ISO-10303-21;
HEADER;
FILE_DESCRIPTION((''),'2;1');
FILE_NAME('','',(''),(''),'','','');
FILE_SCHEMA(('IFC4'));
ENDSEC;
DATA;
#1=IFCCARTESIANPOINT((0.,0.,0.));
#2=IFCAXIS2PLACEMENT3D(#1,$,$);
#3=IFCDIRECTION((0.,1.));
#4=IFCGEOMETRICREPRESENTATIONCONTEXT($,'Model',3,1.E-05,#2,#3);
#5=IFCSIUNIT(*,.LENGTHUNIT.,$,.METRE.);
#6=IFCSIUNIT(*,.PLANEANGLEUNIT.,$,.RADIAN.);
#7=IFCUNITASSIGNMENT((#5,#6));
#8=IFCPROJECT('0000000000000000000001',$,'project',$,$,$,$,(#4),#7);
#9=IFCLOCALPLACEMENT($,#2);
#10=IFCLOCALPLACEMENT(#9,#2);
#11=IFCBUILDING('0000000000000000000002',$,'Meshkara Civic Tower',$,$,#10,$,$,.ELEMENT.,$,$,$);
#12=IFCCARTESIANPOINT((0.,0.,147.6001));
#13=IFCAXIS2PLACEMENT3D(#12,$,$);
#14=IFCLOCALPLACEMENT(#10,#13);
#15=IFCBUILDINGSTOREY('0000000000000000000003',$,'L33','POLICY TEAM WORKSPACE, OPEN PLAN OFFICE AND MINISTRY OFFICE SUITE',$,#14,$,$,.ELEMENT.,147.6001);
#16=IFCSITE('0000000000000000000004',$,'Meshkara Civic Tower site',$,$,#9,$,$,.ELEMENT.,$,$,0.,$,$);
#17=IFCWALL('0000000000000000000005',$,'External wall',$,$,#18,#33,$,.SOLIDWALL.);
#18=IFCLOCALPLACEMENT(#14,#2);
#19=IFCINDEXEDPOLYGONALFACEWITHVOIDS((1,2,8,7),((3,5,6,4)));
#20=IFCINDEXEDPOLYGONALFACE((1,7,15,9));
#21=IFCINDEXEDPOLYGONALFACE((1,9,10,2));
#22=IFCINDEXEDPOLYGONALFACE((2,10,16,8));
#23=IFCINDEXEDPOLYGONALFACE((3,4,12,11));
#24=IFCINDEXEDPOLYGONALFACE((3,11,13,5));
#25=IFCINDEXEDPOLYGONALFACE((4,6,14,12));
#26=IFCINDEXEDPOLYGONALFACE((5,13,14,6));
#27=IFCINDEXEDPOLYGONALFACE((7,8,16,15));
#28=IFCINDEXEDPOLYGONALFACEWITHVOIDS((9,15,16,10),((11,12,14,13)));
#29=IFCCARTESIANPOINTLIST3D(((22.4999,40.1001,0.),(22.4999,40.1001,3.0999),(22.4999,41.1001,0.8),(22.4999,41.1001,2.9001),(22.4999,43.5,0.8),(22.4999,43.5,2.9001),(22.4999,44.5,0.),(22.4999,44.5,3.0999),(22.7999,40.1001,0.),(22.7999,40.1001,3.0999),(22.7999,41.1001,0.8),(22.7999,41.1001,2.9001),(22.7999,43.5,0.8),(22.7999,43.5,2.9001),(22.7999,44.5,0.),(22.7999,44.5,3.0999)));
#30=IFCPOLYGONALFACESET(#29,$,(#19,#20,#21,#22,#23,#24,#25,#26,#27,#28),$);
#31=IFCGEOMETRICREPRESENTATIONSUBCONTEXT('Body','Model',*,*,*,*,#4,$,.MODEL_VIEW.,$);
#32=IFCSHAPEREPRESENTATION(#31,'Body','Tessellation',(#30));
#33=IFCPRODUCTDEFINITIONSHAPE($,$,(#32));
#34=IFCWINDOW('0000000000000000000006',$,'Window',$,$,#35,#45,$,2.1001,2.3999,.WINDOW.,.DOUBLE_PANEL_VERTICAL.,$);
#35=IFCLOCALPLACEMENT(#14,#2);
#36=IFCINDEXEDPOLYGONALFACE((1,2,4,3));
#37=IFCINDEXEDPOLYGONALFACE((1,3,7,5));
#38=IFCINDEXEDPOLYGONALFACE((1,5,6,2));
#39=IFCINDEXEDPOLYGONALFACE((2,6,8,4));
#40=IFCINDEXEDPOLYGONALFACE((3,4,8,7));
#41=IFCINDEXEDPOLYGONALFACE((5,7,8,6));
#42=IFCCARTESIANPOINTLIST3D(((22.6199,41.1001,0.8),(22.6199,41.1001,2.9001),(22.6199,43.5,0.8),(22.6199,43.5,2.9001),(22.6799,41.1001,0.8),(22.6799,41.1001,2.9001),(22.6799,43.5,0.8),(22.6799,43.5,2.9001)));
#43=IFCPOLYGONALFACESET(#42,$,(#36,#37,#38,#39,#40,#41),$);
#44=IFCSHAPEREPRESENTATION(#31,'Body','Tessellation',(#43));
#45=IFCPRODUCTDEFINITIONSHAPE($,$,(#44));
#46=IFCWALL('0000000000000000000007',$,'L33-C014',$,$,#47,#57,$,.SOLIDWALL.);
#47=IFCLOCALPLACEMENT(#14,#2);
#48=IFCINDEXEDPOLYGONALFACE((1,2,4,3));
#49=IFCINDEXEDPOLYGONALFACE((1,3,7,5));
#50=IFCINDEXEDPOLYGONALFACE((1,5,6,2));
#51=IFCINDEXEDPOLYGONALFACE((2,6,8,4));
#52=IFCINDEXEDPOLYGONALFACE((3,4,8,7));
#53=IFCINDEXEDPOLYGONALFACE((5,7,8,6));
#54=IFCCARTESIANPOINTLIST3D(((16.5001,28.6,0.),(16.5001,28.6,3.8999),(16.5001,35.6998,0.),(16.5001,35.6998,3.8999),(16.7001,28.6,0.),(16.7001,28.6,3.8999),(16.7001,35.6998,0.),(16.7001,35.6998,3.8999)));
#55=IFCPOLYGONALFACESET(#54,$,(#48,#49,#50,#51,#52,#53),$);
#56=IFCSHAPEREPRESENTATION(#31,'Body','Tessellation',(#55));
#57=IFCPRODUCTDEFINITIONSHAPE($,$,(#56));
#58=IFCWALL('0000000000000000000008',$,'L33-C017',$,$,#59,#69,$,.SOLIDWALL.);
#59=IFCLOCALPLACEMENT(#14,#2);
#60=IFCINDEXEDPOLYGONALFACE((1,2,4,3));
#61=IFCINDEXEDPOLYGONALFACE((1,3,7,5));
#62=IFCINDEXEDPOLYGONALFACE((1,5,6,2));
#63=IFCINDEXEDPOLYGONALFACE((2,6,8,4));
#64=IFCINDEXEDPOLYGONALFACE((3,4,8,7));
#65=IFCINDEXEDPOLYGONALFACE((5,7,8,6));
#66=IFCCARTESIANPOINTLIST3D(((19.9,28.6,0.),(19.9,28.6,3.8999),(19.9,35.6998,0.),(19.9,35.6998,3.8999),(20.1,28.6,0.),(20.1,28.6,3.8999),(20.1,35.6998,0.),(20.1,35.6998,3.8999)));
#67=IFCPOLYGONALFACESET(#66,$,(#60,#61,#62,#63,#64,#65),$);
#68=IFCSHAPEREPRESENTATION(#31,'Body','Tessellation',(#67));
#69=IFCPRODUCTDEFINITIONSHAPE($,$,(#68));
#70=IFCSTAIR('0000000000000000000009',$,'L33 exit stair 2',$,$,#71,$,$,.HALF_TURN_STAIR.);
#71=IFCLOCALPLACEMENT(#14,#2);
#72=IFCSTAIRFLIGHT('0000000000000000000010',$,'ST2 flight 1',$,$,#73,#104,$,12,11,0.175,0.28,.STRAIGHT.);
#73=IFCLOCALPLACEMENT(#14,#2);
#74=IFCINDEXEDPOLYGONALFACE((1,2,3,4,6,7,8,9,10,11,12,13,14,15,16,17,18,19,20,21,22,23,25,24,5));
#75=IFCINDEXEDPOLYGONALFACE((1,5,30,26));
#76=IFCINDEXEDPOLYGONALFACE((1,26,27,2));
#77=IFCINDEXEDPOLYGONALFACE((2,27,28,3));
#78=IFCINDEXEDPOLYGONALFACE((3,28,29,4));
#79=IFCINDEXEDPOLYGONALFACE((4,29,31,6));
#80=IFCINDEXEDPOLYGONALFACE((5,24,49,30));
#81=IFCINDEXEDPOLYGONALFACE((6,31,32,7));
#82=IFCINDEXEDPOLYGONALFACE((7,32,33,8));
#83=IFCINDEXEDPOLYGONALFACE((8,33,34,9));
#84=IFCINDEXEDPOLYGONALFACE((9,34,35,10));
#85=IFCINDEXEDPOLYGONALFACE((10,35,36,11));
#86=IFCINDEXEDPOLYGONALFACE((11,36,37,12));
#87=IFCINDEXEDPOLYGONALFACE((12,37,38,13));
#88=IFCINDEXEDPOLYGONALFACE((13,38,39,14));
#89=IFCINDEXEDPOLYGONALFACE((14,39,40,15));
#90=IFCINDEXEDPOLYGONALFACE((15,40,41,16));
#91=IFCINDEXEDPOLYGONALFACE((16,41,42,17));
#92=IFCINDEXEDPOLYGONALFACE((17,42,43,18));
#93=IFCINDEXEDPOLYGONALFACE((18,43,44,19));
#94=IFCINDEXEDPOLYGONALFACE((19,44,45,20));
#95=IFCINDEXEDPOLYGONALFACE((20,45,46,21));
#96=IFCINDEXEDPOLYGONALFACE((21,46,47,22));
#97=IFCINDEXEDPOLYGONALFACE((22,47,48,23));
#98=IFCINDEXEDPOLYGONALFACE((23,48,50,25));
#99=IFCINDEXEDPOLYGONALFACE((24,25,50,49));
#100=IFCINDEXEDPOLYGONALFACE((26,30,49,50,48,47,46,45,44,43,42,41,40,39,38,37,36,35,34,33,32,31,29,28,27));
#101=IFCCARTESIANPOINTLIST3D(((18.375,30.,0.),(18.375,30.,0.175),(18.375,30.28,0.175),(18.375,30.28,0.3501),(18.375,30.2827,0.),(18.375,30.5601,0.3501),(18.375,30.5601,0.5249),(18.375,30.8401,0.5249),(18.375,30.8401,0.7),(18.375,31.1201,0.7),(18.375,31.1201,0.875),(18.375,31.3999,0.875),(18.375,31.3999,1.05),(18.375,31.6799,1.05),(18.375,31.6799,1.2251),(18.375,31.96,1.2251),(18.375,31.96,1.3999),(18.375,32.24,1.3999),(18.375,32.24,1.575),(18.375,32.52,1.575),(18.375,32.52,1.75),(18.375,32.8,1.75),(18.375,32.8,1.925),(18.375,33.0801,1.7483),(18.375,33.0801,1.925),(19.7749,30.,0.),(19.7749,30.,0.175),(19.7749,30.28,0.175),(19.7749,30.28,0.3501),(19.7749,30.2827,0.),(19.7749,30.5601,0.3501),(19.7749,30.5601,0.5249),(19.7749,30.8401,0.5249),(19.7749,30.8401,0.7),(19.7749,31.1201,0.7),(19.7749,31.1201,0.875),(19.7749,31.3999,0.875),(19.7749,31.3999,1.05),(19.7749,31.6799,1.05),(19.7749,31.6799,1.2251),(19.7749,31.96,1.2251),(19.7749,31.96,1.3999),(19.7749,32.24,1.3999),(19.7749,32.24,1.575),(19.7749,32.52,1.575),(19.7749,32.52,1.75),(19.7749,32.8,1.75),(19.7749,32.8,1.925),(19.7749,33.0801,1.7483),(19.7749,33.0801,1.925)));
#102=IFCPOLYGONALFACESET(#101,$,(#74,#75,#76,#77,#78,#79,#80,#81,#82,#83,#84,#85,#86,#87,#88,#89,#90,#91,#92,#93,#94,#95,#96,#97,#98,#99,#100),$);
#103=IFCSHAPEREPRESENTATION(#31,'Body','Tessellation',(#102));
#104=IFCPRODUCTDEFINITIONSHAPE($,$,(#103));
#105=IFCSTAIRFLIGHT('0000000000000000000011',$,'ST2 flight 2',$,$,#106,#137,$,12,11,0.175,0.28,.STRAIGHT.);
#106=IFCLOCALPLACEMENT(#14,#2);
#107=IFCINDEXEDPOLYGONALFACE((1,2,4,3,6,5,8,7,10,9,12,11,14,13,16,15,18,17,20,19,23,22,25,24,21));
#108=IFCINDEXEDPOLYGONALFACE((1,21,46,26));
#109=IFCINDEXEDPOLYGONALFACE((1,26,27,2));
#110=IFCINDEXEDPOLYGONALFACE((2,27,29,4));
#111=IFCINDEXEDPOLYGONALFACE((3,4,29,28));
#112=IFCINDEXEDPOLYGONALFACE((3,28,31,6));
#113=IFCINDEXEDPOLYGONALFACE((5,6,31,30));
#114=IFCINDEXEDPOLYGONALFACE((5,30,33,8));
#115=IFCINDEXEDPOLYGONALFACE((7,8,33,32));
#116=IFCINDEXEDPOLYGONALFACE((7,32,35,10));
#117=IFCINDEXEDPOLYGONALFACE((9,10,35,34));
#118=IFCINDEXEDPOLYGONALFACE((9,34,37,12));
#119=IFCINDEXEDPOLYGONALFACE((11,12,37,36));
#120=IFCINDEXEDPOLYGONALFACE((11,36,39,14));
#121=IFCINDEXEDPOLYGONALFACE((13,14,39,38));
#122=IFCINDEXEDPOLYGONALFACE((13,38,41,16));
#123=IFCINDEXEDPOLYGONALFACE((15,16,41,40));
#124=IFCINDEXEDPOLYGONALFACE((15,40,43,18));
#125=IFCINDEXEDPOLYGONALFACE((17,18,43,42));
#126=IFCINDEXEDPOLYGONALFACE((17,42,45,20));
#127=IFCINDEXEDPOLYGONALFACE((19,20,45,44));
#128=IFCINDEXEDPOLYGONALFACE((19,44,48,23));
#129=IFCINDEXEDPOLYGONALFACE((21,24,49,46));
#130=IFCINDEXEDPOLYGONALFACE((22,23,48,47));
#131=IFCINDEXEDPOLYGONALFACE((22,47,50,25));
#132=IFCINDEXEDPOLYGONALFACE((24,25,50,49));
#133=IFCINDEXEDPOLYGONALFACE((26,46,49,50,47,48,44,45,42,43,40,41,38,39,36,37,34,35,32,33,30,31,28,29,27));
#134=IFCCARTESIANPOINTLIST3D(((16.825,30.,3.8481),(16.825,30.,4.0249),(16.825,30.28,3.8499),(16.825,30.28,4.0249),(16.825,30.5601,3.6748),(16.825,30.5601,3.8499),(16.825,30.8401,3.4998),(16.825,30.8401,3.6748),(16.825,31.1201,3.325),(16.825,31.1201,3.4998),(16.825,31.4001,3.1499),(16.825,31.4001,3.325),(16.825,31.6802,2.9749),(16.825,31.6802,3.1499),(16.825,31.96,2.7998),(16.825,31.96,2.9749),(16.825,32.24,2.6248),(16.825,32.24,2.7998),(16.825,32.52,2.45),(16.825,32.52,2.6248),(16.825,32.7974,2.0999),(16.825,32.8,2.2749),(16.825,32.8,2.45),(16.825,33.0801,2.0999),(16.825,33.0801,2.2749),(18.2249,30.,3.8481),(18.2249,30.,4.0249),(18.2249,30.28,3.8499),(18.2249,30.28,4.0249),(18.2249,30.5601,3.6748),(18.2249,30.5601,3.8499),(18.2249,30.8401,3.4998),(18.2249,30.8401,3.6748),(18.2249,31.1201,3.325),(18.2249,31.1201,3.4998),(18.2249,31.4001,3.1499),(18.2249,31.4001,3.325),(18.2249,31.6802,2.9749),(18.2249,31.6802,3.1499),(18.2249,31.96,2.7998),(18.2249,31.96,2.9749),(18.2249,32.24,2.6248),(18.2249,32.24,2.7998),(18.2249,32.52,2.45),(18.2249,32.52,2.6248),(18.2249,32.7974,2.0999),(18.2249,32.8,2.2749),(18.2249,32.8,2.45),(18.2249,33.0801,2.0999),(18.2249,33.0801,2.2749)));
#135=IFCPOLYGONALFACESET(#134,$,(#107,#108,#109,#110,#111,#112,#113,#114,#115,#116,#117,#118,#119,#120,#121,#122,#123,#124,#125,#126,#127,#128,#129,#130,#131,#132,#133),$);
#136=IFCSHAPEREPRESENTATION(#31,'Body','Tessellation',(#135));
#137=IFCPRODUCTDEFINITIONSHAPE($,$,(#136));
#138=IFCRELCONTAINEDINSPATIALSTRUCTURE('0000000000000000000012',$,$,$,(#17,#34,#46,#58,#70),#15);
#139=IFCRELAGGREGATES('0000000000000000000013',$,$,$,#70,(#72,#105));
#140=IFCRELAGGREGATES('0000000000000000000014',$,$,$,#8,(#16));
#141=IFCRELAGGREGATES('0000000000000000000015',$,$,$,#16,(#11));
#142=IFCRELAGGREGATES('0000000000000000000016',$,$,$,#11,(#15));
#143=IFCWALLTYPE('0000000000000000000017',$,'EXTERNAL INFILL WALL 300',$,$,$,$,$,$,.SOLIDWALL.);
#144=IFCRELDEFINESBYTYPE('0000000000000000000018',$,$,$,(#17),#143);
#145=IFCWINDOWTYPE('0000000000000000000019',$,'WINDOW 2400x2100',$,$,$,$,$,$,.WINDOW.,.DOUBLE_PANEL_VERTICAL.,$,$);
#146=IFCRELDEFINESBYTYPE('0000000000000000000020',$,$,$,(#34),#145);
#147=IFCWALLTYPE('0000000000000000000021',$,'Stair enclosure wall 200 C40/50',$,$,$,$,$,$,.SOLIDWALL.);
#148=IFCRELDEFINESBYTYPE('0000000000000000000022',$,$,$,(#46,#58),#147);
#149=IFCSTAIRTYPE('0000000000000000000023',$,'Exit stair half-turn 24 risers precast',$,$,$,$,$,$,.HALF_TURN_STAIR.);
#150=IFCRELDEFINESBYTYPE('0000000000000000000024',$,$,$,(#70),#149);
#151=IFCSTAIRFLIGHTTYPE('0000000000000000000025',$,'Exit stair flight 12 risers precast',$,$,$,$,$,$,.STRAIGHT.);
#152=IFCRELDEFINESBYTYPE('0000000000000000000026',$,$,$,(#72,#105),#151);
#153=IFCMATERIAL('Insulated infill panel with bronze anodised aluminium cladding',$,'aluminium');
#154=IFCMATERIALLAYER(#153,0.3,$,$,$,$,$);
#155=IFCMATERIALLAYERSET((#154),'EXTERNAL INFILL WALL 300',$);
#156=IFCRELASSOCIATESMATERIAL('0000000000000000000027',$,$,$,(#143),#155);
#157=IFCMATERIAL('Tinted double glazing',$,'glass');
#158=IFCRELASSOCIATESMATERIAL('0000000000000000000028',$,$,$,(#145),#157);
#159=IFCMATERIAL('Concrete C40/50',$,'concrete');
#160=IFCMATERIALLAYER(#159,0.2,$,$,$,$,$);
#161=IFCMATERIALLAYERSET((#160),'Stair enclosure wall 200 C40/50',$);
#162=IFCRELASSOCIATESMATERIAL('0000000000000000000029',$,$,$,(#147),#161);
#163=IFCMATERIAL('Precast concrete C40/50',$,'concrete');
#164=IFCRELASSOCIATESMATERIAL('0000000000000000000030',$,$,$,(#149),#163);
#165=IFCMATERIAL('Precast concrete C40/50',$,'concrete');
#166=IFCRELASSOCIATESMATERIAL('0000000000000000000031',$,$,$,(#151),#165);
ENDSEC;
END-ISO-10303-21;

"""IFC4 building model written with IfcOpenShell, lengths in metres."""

from ifc_helpers import new_model, si_unit, direction, frame, frame_2d, origin, place, context, subcontext, project, spatial, polyline, rectangle, outline, extrude, material, layer, layer_set, type_object, element, fill, aggregate, save


model = new_model("IFC4")

# Units and contexts
model_context = context("Model", 3, precision=1e-05, world=origin(), true_north=direction((0.0, 1.0)))
body_context = subcontext(model_context, "Body", "Model", "MODEL_VIEW")
ifc_project = project(units=[si_unit("LENGTHUNIT", "METRE"), si_unit("PLANEANGLEUNIT", "RADIAN")], contexts=[model_context])

# Site, building, storey
site_placement = place(None, origin())
site = spatial("IfcSite", under=ifc_project, at=site_placement, Name="Meshkara Civic Tower site", CompositionType="ELEMENT", RefElevation=0.0)
building_placement = place(site_placement, origin())
building = spatial("IfcBuilding", under=site, at=building_placement, Name="Meshkara Civic Tower", CompositionType="ELEMENT")
storey_placement = place(building_placement, frame((0.0, 0.0, 147.6001)))
storey = spatial("IfcBuildingStorey", under=building, at=storey_placement, Name="L33", Description="POLICY TEAM WORKSPACE, OPEN PLAN OFFICE AND MINISTRY OFFICE SUITE", CompositionType="ELEMENT", Elevation=147.6001)

# Wall, opening, window
ifc_material_1 = material(Name="Insulated infill panel with bronze anodised aluminium cladding", Category="aluminium")
ifc_layer_1 = layer(ifc_material_1, 0.3)
ifc_layer_set_1 = layer_set([ifc_layer_1], Name="EXTERNAL INFILL WALL 300")
wall_type_1 = type_object("IfcWallType", Name="EXTERNAL INFILL WALL 300", PredefinedType="SOLIDWALL", material=ifc_layer_set_1)
wall_1_placement = place(storey_placement, frame((22.6499, 40.1001, 0.0), z_axis=(0.0, 0.0, 1.0), x_axis=(0.0, 1.0, 0.0)))
wall_1 = element("IfcWall", 1, at=wall_1_placement, inside=storey, type_object=wall_type_1, Name="External wall", PredefinedType="SOLIDWALL", context=body_context, shape_type="SweptSolid", body=[
    extrude(rectangle(XDim=4.3999, YDim=0.3, at=frame_2d((2.2, 0.0))), origin(), (0.0, 0.0, 1.0), 3.0999),
])
opening_1_placement = place(wall_1_placement, frame((1.0, 0.0, 0.8)))
opening_1 = element("IfcOpeningElement", 2, at=opening_1_placement, cuts=wall_1, PredefinedType="OPENING", context=body_context, shape_type="SweptSolid", body=[
    extrude(rectangle(XDim=2.3999, YDim=2.1001, at=frame_2d((1.2, 1.05))), frame((0.0, 0.1599, 0.0), z_axis=(0.0, -1.0, 0.0), x_axis=(1.0, 0.0, 0.0)), (0.0, 0.0, 1.0), 0.3201),
])
ifc_material_2 = material(Name="Tinted double glazing", Category="glass")
window_type = type_object("IfcWindowType", Name="WINDOW 2400x2100", PartitioningType="DOUBLE_PANEL_VERTICAL", PredefinedType="WINDOW", material=ifc_material_2)
window_placement = place(opening_1_placement, origin())
window = element("IfcWindow", 3, at=window_placement, inside=storey, type_object=window_type, Name="Window", OverallHeight=2.1001, OverallWidth=2.3999, PartitioningType="DOUBLE_PANEL_VERTICAL", PredefinedType="WINDOW", context=body_context, shape_type="SweptSolid", body=[
    extrude(rectangle(XDim=2.3999, YDim=2.1001, at=frame_2d((1.2, 1.05))), frame((0.0, 0.03, 0.0), z_axis=(0.0, -1.0, 0.0), x_axis=(1.0, 0.0, 0.0)), (0.0, 0.0, 1.0), 0.0601),
])
fill(opening_1, window)

# Walls
ifc_material_3 = material(Name="Concrete C40/50", Category="concrete")
ifc_layer_2 = layer(ifc_material_3, 0.2)
ifc_layer_set_2 = layer_set([ifc_layer_2], Name="Stair enclosure wall 200 C40/50")
wall_type_2 = type_object("IfcWallType", Name="Stair enclosure wall 200 C40/50", PredefinedType="SOLIDWALL", material=ifc_layer_set_2)
for number, where, z_axis, x_axis, name in (
    (4, (16.6001, 28.6001, 0.0), (0.0, 0.0, 1.0), (0.0, 1.0, 0.0), "L33-C014"),
    (5, (20.0, 28.6001, 0.0), (0.0, 0.0, 1.0), (0.0, 1.0, 0.0), "L33-C017"),
):
    element("IfcWall", number, at=place(storey_placement, frame(where, z_axis=z_axis, x_axis=x_axis)), inside=storey, type_object=wall_type_2, Name=name, PredefinedType="SOLIDWALL", context=body_context, shape_type="SweptSolid", body=[
        extrude(rectangle(XDim=7.0999, YDim=0.2, at=frame_2d((3.5498, 0.0))), origin(), (0.0, 0.0, 1.0), 3.8999),
    ])

# Stair, stair flights
ifc_material_4 = material(Name="Precast concrete C40/50", Category="concrete")
stair_type = type_object("IfcStairType", Name="Exit stair half-turn 24 risers precast", PredefinedType="HALF_TURN_STAIR", material=ifc_material_4)
stair_placement = place(storey_placement, origin())
stair = element("IfcStair", 6, at=stair_placement, inside=storey, type_object=stair_type, Name="L33 exit stair 2", PredefinedType="HALF_TURN_STAIR")
ifc_material_5 = material(Name="Precast concrete C40/50", Category="concrete")
stair_flight_type = type_object("IfcStairFlightType", Name="Exit stair flight 12 risers precast", PredefinedType="STRAIGHT", material=ifc_material_5)
stair_flight_1_placement = place(storey_placement, frame((19.075, 30.0, 0.0), z_axis=(0.0, 0.0, 1.0), x_axis=(0.0, 1.0, 0.0)))
stair_flight_1 = element("IfcStairFlight", 7, at=stair_flight_1_placement, type_object=stair_flight_type, Name="ST2 flight 1", NumberOfRisers=12, NumberOfTreads=11, PredefinedType="STRAIGHT", RiserHeight=0.175, TreadLength=0.28, context=body_context, shape_type="SweptSolid", body=[
    extrude(outline(polyline([(0.0, 0.0), (0.0, 0.175), (0.28, 0.175), (0.28, 0.3501), (0.5601, 0.3501), (0.5601, 0.5249), (0.8401, 0.5249), (0.8401, 0.7), (1.1201, 0.7), (1.1201, 0.875), (1.3999, 0.875), (1.3999, 1.05), (1.6799, 1.05), (1.6799, 1.2251), (1.96, 1.2251), (1.96, 1.3999), (2.24, 1.3999), (2.24, 1.575), (2.52, 1.575), (2.52, 1.75), (2.8, 1.75), (2.8, 1.925), (3.0801, 1.925), (3.0801, 2.1001), (3.0801, 1.7483), (0.2827, 0.0), (0.0, 0.0)])), frame((0.0, 0.7, 0.0), z_axis=(0.0, -1.0, 0.0), x_axis=(1.0, 0.0, 0.0)), (0.0, 0.0, 1.0), 1.3999),
])
stair_flight_2_placement = place(storey_placement, frame((17.5249, 33.0801, 2.0999), z_axis=(0.0, 0.0, 1.0), x_axis=(0.0, -1.0, 0.0)))
stair_flight_2 = element("IfcStairFlight", 8, at=stair_flight_2_placement, type_object=stair_flight_type, Name="ST2 flight 2", NumberOfRisers=12, NumberOfTreads=11, PredefinedType="STRAIGHT", RiserHeight=0.175, TreadLength=0.28, context=body_context, shape_type="SweptSolid", body=[
    extrude(outline(polyline([(0.0, 0.0), (0.0, 0.175), (0.28, 0.175), (0.28, 0.3501), (0.5601, 0.3501), (0.5601, 0.5249), (0.8401, 0.5249), (0.8401, 0.7), (1.1201, 0.7), (1.1201, 0.875), (1.3999, 0.875), (1.3999, 1.05), (1.6799, 1.05), (1.6799, 1.2251), (1.96, 1.2251), (1.96, 1.3999), (2.24, 1.3999), (2.24, 1.575), (2.52, 1.575), (2.52, 1.75), (2.8, 1.75), (2.8, 1.925), (3.0801, 1.925), (3.0801, 2.1001), (3.0801, 1.7483), (0.2827, 0.0), (0.0, 0.0)])), frame((0.0, 0.7, 0.0), z_axis=(0.0, -1.0, 0.0), x_axis=(1.0, 0.0, 0.0)), (0.0, 0.0, 1.0), 1.3999),
])
aggregate(stair, [stair_flight_1, stair_flight_2])

save(model, "model.ifc")
